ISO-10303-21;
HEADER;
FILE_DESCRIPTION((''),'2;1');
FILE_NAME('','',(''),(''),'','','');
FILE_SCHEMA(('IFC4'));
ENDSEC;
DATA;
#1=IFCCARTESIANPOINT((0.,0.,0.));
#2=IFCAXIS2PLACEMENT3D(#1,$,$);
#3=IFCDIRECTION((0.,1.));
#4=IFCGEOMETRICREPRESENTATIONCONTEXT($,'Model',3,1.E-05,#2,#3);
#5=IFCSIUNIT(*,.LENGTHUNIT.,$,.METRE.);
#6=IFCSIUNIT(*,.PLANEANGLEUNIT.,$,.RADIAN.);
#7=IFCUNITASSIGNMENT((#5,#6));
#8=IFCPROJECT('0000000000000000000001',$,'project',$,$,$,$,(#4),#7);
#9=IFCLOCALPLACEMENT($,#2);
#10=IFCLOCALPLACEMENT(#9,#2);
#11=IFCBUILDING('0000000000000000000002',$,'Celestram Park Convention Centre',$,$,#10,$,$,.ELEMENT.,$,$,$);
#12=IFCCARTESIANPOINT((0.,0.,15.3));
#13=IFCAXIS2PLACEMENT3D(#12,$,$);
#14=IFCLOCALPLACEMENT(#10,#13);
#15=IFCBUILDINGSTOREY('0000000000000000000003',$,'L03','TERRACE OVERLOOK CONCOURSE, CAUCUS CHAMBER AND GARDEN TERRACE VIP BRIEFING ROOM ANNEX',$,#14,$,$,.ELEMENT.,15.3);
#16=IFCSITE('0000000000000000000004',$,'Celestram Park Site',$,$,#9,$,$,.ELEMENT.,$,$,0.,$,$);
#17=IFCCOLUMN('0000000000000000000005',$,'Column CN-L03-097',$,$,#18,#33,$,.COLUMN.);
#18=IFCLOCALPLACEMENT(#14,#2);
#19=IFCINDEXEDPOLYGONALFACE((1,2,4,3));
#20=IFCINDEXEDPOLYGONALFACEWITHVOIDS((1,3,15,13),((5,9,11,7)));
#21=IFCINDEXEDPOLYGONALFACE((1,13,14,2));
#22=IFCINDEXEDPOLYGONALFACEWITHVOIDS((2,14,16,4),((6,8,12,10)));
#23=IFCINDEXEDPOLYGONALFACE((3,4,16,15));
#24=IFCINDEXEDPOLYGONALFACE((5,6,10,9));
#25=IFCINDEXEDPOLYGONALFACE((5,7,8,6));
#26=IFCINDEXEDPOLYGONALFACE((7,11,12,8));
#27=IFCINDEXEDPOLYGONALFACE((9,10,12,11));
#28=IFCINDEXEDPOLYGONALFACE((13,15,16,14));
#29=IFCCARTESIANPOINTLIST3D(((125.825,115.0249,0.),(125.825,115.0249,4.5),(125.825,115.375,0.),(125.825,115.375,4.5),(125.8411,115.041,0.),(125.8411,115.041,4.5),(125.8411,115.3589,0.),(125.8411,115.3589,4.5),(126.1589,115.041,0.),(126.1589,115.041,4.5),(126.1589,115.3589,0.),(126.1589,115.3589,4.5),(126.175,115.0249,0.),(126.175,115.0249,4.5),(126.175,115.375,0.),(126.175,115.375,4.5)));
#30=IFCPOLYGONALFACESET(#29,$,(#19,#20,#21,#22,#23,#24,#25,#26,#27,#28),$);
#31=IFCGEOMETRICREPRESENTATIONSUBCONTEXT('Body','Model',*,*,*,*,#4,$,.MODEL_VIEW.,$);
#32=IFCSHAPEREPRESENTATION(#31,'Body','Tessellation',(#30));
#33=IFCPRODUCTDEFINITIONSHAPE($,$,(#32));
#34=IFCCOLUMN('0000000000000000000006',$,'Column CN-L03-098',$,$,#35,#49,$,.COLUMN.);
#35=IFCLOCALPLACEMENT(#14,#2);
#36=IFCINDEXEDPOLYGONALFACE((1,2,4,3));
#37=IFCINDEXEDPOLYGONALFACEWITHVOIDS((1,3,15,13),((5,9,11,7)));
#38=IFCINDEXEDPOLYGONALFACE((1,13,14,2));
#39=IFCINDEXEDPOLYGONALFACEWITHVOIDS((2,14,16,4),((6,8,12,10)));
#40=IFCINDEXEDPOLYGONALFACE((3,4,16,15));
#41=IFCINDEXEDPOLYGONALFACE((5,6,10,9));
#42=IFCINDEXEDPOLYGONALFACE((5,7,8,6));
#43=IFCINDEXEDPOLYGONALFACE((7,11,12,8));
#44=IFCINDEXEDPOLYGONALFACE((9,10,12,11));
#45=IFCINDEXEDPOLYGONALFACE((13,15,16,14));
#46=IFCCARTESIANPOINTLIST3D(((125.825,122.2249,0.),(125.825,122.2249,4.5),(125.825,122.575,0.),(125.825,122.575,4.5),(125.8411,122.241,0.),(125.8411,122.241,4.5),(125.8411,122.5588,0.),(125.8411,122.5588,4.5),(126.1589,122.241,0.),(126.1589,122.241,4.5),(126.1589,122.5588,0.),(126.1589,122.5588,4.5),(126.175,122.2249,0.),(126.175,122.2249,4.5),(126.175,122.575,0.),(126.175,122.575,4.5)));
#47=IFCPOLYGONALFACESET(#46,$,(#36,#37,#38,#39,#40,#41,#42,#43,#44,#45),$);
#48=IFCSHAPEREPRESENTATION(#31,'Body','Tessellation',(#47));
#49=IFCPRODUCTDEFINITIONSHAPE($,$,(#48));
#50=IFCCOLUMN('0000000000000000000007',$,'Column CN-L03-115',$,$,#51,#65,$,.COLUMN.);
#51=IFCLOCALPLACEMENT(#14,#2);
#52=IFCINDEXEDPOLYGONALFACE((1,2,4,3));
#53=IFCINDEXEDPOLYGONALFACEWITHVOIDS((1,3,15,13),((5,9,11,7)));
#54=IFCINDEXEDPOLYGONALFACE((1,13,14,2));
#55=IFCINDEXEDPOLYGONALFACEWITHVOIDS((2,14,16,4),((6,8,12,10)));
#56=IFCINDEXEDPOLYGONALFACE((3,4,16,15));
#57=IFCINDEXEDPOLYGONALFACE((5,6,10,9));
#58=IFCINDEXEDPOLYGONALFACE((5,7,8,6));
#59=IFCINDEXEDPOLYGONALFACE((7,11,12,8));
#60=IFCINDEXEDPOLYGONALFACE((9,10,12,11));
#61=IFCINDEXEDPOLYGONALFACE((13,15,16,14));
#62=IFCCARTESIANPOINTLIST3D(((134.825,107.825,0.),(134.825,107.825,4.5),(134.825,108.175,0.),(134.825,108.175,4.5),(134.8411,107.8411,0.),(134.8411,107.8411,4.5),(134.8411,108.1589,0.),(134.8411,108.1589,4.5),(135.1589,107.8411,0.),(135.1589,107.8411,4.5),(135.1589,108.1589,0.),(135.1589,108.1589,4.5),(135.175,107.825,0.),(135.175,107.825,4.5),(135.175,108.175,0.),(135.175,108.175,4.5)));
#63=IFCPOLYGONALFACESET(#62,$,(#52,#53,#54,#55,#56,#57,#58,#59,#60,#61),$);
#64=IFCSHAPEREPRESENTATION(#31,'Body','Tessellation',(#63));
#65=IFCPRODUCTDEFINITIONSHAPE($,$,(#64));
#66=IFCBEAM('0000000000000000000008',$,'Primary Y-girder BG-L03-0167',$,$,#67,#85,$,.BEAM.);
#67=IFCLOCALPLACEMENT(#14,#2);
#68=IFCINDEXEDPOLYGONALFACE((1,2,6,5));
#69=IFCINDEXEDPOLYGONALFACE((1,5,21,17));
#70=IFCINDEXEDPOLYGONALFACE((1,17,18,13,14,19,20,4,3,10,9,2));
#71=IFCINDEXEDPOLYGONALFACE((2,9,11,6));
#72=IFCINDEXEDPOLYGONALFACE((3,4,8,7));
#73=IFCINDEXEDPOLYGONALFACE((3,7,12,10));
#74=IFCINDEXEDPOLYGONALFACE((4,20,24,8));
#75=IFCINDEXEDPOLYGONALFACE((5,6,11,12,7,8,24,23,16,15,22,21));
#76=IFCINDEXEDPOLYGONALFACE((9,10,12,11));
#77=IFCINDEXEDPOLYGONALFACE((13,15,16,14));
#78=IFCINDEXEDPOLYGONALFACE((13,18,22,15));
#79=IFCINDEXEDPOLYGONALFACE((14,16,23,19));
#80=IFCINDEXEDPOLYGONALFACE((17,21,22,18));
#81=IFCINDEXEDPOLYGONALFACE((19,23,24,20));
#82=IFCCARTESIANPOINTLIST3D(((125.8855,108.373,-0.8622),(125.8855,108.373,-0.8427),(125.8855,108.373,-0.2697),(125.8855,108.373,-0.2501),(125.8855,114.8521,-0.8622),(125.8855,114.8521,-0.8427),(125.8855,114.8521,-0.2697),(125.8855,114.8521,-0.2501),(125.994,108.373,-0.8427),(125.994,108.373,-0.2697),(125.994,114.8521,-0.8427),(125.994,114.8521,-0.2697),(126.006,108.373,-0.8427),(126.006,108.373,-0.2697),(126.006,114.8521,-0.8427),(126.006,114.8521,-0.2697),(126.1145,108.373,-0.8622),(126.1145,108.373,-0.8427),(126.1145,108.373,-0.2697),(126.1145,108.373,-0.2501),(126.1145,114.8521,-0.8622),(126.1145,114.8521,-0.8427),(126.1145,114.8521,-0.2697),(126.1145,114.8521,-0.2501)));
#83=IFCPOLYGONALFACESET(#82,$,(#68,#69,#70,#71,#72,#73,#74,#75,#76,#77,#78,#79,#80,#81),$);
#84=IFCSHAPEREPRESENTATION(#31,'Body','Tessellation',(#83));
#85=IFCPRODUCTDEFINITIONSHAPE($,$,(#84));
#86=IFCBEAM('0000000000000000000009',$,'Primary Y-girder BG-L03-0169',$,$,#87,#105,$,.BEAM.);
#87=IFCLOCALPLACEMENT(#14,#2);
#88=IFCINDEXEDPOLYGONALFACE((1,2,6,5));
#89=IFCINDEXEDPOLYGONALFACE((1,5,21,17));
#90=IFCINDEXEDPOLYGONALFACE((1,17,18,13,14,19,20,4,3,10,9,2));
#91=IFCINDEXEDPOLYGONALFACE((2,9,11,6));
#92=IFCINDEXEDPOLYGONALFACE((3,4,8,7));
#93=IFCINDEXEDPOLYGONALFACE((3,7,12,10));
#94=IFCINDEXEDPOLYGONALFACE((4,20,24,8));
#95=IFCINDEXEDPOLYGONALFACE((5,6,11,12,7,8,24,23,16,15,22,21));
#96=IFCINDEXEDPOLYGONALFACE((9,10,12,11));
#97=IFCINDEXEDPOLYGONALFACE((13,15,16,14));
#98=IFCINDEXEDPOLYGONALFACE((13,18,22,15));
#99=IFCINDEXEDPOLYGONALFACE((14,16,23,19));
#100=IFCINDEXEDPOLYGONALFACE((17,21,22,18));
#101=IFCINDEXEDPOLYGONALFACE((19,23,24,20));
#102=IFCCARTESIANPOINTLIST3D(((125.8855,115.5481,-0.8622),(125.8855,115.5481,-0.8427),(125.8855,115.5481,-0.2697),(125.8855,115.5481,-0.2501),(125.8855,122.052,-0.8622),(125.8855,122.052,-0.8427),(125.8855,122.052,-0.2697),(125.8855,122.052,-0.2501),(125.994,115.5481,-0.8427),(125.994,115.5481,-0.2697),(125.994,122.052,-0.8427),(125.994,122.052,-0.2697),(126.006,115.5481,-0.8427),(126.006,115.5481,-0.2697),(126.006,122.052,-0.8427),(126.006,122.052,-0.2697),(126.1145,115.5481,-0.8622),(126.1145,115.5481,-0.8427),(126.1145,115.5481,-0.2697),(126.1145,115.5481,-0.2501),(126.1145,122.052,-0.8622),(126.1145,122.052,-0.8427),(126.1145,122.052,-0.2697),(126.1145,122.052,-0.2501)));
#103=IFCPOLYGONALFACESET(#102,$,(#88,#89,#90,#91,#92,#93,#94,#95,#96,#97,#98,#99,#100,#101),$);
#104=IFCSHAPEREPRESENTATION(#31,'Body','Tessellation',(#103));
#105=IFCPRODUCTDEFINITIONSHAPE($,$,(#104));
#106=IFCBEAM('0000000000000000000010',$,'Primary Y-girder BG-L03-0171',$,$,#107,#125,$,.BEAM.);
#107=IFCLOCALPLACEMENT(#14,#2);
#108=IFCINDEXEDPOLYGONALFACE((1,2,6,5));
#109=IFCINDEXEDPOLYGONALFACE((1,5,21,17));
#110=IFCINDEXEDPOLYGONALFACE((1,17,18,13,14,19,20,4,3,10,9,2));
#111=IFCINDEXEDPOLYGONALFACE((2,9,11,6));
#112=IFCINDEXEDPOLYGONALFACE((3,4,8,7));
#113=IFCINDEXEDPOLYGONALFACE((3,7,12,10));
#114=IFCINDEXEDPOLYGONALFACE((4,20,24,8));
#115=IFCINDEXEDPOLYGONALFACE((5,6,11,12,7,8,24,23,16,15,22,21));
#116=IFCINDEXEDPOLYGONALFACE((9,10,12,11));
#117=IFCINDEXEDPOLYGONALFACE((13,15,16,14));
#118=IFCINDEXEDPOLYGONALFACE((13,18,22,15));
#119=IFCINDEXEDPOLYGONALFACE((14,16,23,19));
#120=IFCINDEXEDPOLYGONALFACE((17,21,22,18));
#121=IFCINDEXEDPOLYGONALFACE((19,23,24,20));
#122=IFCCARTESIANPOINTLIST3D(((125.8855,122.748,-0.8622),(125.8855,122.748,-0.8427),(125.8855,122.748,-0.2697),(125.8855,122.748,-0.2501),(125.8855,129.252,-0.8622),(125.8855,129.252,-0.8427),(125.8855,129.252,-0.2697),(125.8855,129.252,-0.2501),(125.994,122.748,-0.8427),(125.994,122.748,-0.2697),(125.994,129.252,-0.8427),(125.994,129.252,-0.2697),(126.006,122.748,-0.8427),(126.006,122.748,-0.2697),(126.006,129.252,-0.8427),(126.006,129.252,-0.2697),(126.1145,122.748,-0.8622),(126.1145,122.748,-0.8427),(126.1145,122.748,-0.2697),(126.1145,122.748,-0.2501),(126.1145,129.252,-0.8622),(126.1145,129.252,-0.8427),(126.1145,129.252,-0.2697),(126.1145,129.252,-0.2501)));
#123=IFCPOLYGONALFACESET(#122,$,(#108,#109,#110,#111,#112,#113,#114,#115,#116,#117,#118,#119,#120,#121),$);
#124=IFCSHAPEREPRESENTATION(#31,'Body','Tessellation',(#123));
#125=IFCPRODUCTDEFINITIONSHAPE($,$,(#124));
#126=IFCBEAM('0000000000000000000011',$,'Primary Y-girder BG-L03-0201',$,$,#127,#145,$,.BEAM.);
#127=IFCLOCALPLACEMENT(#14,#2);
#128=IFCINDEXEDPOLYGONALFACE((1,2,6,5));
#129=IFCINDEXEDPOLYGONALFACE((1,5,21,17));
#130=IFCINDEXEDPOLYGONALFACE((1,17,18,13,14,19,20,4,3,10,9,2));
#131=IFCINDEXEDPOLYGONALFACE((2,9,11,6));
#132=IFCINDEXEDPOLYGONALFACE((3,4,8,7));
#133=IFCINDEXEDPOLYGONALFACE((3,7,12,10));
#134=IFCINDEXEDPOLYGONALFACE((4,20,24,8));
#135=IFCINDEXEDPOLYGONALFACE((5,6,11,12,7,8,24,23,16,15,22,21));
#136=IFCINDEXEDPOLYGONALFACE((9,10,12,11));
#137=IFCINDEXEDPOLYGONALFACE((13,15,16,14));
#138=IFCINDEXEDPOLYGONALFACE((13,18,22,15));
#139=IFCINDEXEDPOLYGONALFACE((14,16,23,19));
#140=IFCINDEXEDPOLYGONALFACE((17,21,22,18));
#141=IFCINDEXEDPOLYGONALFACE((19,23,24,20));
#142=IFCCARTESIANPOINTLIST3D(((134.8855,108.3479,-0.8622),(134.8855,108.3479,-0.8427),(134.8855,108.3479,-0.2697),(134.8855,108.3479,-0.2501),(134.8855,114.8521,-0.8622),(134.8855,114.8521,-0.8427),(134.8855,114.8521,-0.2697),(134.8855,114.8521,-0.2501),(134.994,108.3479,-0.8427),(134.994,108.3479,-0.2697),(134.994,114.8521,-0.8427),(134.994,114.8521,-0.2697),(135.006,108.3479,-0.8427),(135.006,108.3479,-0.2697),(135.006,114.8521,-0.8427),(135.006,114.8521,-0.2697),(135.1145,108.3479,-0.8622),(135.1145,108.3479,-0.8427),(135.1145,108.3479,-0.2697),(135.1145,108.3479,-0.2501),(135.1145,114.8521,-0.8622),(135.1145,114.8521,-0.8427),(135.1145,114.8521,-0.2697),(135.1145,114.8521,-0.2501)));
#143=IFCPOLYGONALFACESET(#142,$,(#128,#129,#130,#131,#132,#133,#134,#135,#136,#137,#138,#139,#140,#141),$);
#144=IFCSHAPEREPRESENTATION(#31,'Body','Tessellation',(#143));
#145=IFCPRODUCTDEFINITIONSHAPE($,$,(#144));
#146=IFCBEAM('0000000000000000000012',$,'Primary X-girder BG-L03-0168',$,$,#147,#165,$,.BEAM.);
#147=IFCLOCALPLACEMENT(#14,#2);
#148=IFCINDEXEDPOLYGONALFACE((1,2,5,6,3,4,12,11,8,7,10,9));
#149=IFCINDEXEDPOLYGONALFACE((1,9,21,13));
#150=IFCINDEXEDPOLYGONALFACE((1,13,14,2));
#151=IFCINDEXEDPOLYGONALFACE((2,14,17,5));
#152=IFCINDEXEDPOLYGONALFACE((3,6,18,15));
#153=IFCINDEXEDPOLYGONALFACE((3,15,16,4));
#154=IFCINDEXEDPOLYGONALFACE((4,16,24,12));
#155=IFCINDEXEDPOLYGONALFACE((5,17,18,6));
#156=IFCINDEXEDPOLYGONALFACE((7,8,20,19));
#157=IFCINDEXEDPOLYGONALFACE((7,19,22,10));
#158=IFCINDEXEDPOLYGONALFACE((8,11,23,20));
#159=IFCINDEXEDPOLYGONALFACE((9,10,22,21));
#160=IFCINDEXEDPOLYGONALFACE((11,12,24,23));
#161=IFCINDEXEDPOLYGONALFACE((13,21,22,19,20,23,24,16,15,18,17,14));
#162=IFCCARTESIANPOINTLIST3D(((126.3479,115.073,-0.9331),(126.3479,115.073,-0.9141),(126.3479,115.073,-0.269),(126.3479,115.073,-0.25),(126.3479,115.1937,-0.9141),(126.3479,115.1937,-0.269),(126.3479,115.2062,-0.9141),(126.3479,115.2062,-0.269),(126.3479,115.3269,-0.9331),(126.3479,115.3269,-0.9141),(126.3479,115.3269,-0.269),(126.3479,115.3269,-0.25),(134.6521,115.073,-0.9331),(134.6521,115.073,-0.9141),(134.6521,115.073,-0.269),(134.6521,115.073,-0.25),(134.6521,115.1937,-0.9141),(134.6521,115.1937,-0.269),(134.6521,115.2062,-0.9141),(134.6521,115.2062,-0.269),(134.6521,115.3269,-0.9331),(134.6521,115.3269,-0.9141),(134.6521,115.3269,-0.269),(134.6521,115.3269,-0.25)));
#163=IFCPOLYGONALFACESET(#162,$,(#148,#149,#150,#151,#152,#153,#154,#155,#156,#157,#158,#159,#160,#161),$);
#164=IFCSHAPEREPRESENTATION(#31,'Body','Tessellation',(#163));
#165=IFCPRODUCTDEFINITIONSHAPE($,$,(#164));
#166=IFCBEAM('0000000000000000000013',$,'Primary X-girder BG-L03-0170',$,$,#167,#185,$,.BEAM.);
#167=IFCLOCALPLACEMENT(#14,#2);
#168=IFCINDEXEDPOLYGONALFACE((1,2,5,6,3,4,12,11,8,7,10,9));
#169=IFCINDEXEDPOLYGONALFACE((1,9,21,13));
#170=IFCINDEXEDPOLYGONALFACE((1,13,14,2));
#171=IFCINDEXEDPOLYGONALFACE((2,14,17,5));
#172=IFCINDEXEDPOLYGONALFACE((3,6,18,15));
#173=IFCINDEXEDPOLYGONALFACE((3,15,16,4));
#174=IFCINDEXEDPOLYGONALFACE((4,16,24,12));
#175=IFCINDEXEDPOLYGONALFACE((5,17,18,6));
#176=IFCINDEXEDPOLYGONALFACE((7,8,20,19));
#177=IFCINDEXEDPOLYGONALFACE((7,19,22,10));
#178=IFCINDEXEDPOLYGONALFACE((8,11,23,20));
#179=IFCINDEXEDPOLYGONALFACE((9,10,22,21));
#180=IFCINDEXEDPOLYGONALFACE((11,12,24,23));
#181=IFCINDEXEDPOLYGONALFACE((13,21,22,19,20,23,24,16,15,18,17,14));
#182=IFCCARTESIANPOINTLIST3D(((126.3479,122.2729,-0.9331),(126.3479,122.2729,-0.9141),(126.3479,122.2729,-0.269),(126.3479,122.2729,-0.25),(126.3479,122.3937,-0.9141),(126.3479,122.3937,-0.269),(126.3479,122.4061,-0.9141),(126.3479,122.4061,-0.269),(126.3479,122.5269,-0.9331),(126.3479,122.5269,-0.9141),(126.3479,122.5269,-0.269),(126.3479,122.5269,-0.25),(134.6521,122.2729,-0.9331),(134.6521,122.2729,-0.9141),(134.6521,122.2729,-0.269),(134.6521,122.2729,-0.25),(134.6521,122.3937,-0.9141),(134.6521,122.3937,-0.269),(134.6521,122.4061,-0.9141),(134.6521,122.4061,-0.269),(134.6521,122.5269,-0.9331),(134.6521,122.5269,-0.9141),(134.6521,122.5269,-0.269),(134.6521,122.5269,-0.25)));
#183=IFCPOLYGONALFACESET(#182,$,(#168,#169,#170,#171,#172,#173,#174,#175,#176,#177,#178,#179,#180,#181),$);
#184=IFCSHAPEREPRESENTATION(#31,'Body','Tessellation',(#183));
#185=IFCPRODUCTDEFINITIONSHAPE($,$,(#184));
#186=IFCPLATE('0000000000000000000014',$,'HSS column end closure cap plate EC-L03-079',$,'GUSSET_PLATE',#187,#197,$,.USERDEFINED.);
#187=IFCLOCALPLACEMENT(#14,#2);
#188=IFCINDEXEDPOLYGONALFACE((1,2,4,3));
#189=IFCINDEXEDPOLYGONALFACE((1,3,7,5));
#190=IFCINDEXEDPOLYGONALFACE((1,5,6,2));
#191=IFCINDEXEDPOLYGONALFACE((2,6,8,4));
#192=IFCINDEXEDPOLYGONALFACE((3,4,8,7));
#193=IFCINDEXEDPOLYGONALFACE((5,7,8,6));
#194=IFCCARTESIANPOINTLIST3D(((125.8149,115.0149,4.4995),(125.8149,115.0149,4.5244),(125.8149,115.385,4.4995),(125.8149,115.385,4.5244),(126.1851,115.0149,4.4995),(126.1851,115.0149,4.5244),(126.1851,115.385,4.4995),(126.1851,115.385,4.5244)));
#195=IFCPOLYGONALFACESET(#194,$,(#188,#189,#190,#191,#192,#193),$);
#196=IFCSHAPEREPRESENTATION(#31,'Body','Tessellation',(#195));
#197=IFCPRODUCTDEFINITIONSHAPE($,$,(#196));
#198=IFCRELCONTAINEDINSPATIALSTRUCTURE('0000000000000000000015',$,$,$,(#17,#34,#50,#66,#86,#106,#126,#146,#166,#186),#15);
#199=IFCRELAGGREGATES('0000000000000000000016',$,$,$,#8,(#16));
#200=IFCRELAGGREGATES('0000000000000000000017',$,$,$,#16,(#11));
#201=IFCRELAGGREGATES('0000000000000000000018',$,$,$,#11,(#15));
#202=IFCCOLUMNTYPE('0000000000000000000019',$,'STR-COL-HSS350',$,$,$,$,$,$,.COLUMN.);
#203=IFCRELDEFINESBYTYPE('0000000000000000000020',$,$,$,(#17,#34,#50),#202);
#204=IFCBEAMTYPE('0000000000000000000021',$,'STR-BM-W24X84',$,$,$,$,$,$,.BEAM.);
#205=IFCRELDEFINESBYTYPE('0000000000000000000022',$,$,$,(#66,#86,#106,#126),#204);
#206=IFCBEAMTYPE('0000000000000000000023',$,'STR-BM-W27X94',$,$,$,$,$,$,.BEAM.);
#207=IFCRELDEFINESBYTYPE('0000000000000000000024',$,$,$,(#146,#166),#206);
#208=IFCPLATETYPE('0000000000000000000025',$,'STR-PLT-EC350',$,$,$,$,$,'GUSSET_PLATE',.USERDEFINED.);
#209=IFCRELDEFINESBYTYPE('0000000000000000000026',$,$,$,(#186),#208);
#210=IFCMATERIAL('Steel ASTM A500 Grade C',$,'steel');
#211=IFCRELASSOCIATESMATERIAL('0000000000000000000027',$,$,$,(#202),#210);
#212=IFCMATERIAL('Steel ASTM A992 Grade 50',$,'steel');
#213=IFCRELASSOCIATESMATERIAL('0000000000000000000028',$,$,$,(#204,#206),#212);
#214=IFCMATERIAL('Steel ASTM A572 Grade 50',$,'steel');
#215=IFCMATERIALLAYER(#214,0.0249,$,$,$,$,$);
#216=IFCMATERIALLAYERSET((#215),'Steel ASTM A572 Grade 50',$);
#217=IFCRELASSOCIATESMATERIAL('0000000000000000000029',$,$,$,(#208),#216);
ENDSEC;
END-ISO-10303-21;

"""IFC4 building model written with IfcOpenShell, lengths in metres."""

from ifc_helpers import new_model, si_unit, direction, frame, origin, origin_2d, place, context, subcontext, project, spatial, rectangle, hollow_rectangle, i_section, extrude, material, layer, layer_set, material_profile, profile_set, type_object, element, save


model = new_model("IFC4")

# Units and contexts
model_context = context("Model", 3, precision=1e-05, world=origin(), true_north=direction((0.0, 1.0)))
body_context = subcontext(model_context, "Body", "Model", "MODEL_VIEW")
ifc_project = project(units=[si_unit("LENGTHUNIT", "METRE"), si_unit("PLANEANGLEUNIT", "RADIAN")], contexts=[model_context])

# Site, building, storey
site_placement = place(None, origin())
site = spatial("IfcSite", under=ifc_project, at=site_placement, Name="Celestram Park Site", CompositionType="ELEMENT", RefElevation=0.0)
building_placement = place(site_placement, origin())
building = spatial("IfcBuilding", under=site, at=building_placement, Name="Celestram Park Convention Centre", CompositionType="ELEMENT")
storey_placement = place(building_placement, frame((0.0, 0.0, 15.3)))
storey = spatial("IfcBuildingStorey", under=building, at=storey_placement, Name="L03", Description="TERRACE OVERLOOK CONCOURSE, CAUCUS CHAMBER AND GARDEN TERRACE VIP BRIEFING ROOM ANNEX", CompositionType="ELEMENT", Elevation=15.3)

# Columns
ifc_material_1 = material(Name="Steel ASTM A500 Grade C", Category="steel")
ifc_material_profile_1 = material_profile(ifc_material_1, hollow_rectangle(XDim=0.3501, YDim=0.3501, WallThickness=0.0161, at=origin_2d()), Name="HSS350X350X16")
ifc_profile_set_1 = profile_set([ifc_material_profile_1], Name="Steel ASTM A500 Grade C")
column_type = type_object("IfcColumnType", Name="STR-COL-HSS350", PredefinedType="COLUMN", material=ifc_profile_set_1)
for number, where, z_axis, x_axis, name in (
    (1, (126.0, 115.2, 0.0), (0.0, 0.0, 1.0), (1.0, 0.0, 0.0), "Column CN-L03-097"),
    (2, (126.0, 122.3999, 0.0), (0.0, 0.0, 1.0), (1.0, 0.0, 0.0), "Column CN-L03-098"),
    (3, (135.0, 108.0, 0.0), (0.0, 0.0, 1.0), (1.0, 0.0, 0.0), "Column CN-L03-115"),
):
    element("IfcColumn", number, at=place(storey_placement, frame(where, z_axis=z_axis, x_axis=x_axis)), inside=storey, type_object=column_type, Name=name, PredefinedType="COLUMN", context=body_context, shape_type="SweptSolid", body=[
        extrude(hollow_rectangle(XDim=0.3501, YDim=0.3501, WallThickness=0.0161, at=origin_2d()), origin(), (0.0, 0.0, 1.0), 4.5),
    ])

# Beams
ifc_material_2 = material(Name="Steel ASTM A992 Grade 50", Category="steel")
ifc_material_profile_2 = material_profile(ifc_material_2, i_section(OverallWidth=0.229, OverallDepth=0.6121, WebThickness=0.012, FlangeThickness=0.0195, at=origin_2d()), Name="W24X84")
ifc_profile_set_2 = profile_set([ifc_material_profile_2], Name="Steel ASTM A992 Grade 50")
beam_type_1 = type_object("IfcBeamType", Name="STR-BM-W24X84", PredefinedType="BEAM", material=ifc_profile_set_2)
beam_1_placement = place(storey_placement, frame((126.0, 108.373, -0.5562), z_axis=(0.0, 1.0, 0.0), x_axis=(-1.0, 0.0, 0.0)))
element("IfcBeam", 4, at=beam_1_placement, inside=storey, type_object=beam_type_1, Name="Primary Y-girder BG-L03-0167", PredefinedType="BEAM", context=body_context, shape_type="SweptSolid", body=[
    extrude(i_section(OverallWidth=0.229, OverallDepth=0.6121, WebThickness=0.012, FlangeThickness=0.0195, at=origin_2d()), origin(), (0.0, 0.0, 1.0), 6.479),
])
for number, where, z_axis, x_axis, name in (
    (5, (126.0, 115.5481, -0.5562), (0.0, 1.0, 0.0), (-1.0, 0.0, 0.0), "Primary Y-girder BG-L03-0169"),
    (6, (126.0, 122.748, -0.5562), (0.0, 1.0, 0.0), (-1.0, 0.0, 0.0), "Primary Y-girder BG-L03-0171"),
):
    element("IfcBeam", number, at=place(storey_placement, frame(where, z_axis=z_axis, x_axis=x_axis)), inside=storey, type_object=beam_type_1, Name=name, PredefinedType="BEAM", context=body_context, shape_type="SweptSolid", body=[
        extrude(i_section(OverallWidth=0.229, OverallDepth=0.6121, WebThickness=0.012, FlangeThickness=0.0195, at=origin_2d()), origin(), (0.0, 0.0, 1.0), 6.5039),
    ])
beam_2_placement = place(storey_placement, frame((135.0, 108.3479, -0.5562), z_axis=(0.0, 1.0, 0.0), x_axis=(-1.0, 0.0, 0.0)))
element("IfcBeam", 7, at=beam_2_placement, inside=storey, type_object=beam_type_1, Name="Primary Y-girder BG-L03-0201", PredefinedType="BEAM", context=body_context, shape_type="SweptSolid", body=[
    extrude(i_section(OverallWidth=0.229, OverallDepth=0.6121, WebThickness=0.012, FlangeThickness=0.0195, at=origin_2d()), origin(), (0.0, 0.0, 1.0), 6.5042),
])
ifc_material_profile_3 = material_profile(ifc_material_2, i_section(OverallWidth=0.2539, OverallDepth=0.6831, WebThickness=0.0125, FlangeThickness=0.019, at=origin_2d()), Name="W27X94")
ifc_profile_set_3 = profile_set([ifc_material_profile_3], Name="Steel ASTM A992 Grade 50")
beam_type_2 = type_object("IfcBeamType", Name="STR-BM-W27X94", PredefinedType="BEAM", material=ifc_profile_set_3)
for number, where, z_axis, x_axis, name in (
    (8, (126.3479, 115.2, -0.5916), (1.0, 0.0, 0.0), (0.0, 1.0, 0.0), "Primary X-girder BG-L03-0168"),
    (9, (126.3479, 122.3999, -0.5916), (1.0, 0.0, 0.0), (0.0, 1.0, 0.0), "Primary X-girder BG-L03-0170"),
):
    element("IfcBeam", number, at=place(storey_placement, frame(where, z_axis=z_axis, x_axis=x_axis)), inside=storey, type_object=beam_type_2, Name=name, PredefinedType="BEAM", context=body_context, shape_type="SweptSolid", body=[
        extrude(i_section(OverallWidth=0.2539, OverallDepth=0.6831, WebThickness=0.0125, FlangeThickness=0.019, at=origin_2d()), origin(), (0.0, 0.0, 1.0), 8.3042),
    ])

# Plate
ifc_material_3 = material(Name="Steel ASTM A572 Grade 50", Category="steel")
ifc_layer_1 = layer(ifc_material_3, 0.0249)
ifc_layer_set_1 = layer_set([ifc_layer_1], Name="Steel ASTM A572 Grade 50")
plate_type = type_object("IfcPlateType", Name="STR-PLT-EC350", ElementType="GUSSET_PLATE", PredefinedType="USERDEFINED", material=ifc_layer_set_1)
for number, where, z_axis, x_axis, name in (
    (10, (126.0, 115.2, 4.4995), (0.0, 0.0, 1.0), (1.0, 0.0, 0.0), "HSS column end closure cap plate EC-L03-079"),
):
    element("IfcPlate", number, at=place(storey_placement, frame(where, z_axis=z_axis, x_axis=x_axis)), inside=storey, type_object=plate_type, Name=name, ObjectType="GUSSET_PLATE", PredefinedType="USERDEFINED", context=body_context, shape_type="SweptSolid", body=[
        extrude(rectangle(XDim=0.3701, YDim=0.3701, at=origin_2d()), origin(), (0.0, 0.0, 1.0), 0.0249),
    ])

save(model, "model.ifc")
